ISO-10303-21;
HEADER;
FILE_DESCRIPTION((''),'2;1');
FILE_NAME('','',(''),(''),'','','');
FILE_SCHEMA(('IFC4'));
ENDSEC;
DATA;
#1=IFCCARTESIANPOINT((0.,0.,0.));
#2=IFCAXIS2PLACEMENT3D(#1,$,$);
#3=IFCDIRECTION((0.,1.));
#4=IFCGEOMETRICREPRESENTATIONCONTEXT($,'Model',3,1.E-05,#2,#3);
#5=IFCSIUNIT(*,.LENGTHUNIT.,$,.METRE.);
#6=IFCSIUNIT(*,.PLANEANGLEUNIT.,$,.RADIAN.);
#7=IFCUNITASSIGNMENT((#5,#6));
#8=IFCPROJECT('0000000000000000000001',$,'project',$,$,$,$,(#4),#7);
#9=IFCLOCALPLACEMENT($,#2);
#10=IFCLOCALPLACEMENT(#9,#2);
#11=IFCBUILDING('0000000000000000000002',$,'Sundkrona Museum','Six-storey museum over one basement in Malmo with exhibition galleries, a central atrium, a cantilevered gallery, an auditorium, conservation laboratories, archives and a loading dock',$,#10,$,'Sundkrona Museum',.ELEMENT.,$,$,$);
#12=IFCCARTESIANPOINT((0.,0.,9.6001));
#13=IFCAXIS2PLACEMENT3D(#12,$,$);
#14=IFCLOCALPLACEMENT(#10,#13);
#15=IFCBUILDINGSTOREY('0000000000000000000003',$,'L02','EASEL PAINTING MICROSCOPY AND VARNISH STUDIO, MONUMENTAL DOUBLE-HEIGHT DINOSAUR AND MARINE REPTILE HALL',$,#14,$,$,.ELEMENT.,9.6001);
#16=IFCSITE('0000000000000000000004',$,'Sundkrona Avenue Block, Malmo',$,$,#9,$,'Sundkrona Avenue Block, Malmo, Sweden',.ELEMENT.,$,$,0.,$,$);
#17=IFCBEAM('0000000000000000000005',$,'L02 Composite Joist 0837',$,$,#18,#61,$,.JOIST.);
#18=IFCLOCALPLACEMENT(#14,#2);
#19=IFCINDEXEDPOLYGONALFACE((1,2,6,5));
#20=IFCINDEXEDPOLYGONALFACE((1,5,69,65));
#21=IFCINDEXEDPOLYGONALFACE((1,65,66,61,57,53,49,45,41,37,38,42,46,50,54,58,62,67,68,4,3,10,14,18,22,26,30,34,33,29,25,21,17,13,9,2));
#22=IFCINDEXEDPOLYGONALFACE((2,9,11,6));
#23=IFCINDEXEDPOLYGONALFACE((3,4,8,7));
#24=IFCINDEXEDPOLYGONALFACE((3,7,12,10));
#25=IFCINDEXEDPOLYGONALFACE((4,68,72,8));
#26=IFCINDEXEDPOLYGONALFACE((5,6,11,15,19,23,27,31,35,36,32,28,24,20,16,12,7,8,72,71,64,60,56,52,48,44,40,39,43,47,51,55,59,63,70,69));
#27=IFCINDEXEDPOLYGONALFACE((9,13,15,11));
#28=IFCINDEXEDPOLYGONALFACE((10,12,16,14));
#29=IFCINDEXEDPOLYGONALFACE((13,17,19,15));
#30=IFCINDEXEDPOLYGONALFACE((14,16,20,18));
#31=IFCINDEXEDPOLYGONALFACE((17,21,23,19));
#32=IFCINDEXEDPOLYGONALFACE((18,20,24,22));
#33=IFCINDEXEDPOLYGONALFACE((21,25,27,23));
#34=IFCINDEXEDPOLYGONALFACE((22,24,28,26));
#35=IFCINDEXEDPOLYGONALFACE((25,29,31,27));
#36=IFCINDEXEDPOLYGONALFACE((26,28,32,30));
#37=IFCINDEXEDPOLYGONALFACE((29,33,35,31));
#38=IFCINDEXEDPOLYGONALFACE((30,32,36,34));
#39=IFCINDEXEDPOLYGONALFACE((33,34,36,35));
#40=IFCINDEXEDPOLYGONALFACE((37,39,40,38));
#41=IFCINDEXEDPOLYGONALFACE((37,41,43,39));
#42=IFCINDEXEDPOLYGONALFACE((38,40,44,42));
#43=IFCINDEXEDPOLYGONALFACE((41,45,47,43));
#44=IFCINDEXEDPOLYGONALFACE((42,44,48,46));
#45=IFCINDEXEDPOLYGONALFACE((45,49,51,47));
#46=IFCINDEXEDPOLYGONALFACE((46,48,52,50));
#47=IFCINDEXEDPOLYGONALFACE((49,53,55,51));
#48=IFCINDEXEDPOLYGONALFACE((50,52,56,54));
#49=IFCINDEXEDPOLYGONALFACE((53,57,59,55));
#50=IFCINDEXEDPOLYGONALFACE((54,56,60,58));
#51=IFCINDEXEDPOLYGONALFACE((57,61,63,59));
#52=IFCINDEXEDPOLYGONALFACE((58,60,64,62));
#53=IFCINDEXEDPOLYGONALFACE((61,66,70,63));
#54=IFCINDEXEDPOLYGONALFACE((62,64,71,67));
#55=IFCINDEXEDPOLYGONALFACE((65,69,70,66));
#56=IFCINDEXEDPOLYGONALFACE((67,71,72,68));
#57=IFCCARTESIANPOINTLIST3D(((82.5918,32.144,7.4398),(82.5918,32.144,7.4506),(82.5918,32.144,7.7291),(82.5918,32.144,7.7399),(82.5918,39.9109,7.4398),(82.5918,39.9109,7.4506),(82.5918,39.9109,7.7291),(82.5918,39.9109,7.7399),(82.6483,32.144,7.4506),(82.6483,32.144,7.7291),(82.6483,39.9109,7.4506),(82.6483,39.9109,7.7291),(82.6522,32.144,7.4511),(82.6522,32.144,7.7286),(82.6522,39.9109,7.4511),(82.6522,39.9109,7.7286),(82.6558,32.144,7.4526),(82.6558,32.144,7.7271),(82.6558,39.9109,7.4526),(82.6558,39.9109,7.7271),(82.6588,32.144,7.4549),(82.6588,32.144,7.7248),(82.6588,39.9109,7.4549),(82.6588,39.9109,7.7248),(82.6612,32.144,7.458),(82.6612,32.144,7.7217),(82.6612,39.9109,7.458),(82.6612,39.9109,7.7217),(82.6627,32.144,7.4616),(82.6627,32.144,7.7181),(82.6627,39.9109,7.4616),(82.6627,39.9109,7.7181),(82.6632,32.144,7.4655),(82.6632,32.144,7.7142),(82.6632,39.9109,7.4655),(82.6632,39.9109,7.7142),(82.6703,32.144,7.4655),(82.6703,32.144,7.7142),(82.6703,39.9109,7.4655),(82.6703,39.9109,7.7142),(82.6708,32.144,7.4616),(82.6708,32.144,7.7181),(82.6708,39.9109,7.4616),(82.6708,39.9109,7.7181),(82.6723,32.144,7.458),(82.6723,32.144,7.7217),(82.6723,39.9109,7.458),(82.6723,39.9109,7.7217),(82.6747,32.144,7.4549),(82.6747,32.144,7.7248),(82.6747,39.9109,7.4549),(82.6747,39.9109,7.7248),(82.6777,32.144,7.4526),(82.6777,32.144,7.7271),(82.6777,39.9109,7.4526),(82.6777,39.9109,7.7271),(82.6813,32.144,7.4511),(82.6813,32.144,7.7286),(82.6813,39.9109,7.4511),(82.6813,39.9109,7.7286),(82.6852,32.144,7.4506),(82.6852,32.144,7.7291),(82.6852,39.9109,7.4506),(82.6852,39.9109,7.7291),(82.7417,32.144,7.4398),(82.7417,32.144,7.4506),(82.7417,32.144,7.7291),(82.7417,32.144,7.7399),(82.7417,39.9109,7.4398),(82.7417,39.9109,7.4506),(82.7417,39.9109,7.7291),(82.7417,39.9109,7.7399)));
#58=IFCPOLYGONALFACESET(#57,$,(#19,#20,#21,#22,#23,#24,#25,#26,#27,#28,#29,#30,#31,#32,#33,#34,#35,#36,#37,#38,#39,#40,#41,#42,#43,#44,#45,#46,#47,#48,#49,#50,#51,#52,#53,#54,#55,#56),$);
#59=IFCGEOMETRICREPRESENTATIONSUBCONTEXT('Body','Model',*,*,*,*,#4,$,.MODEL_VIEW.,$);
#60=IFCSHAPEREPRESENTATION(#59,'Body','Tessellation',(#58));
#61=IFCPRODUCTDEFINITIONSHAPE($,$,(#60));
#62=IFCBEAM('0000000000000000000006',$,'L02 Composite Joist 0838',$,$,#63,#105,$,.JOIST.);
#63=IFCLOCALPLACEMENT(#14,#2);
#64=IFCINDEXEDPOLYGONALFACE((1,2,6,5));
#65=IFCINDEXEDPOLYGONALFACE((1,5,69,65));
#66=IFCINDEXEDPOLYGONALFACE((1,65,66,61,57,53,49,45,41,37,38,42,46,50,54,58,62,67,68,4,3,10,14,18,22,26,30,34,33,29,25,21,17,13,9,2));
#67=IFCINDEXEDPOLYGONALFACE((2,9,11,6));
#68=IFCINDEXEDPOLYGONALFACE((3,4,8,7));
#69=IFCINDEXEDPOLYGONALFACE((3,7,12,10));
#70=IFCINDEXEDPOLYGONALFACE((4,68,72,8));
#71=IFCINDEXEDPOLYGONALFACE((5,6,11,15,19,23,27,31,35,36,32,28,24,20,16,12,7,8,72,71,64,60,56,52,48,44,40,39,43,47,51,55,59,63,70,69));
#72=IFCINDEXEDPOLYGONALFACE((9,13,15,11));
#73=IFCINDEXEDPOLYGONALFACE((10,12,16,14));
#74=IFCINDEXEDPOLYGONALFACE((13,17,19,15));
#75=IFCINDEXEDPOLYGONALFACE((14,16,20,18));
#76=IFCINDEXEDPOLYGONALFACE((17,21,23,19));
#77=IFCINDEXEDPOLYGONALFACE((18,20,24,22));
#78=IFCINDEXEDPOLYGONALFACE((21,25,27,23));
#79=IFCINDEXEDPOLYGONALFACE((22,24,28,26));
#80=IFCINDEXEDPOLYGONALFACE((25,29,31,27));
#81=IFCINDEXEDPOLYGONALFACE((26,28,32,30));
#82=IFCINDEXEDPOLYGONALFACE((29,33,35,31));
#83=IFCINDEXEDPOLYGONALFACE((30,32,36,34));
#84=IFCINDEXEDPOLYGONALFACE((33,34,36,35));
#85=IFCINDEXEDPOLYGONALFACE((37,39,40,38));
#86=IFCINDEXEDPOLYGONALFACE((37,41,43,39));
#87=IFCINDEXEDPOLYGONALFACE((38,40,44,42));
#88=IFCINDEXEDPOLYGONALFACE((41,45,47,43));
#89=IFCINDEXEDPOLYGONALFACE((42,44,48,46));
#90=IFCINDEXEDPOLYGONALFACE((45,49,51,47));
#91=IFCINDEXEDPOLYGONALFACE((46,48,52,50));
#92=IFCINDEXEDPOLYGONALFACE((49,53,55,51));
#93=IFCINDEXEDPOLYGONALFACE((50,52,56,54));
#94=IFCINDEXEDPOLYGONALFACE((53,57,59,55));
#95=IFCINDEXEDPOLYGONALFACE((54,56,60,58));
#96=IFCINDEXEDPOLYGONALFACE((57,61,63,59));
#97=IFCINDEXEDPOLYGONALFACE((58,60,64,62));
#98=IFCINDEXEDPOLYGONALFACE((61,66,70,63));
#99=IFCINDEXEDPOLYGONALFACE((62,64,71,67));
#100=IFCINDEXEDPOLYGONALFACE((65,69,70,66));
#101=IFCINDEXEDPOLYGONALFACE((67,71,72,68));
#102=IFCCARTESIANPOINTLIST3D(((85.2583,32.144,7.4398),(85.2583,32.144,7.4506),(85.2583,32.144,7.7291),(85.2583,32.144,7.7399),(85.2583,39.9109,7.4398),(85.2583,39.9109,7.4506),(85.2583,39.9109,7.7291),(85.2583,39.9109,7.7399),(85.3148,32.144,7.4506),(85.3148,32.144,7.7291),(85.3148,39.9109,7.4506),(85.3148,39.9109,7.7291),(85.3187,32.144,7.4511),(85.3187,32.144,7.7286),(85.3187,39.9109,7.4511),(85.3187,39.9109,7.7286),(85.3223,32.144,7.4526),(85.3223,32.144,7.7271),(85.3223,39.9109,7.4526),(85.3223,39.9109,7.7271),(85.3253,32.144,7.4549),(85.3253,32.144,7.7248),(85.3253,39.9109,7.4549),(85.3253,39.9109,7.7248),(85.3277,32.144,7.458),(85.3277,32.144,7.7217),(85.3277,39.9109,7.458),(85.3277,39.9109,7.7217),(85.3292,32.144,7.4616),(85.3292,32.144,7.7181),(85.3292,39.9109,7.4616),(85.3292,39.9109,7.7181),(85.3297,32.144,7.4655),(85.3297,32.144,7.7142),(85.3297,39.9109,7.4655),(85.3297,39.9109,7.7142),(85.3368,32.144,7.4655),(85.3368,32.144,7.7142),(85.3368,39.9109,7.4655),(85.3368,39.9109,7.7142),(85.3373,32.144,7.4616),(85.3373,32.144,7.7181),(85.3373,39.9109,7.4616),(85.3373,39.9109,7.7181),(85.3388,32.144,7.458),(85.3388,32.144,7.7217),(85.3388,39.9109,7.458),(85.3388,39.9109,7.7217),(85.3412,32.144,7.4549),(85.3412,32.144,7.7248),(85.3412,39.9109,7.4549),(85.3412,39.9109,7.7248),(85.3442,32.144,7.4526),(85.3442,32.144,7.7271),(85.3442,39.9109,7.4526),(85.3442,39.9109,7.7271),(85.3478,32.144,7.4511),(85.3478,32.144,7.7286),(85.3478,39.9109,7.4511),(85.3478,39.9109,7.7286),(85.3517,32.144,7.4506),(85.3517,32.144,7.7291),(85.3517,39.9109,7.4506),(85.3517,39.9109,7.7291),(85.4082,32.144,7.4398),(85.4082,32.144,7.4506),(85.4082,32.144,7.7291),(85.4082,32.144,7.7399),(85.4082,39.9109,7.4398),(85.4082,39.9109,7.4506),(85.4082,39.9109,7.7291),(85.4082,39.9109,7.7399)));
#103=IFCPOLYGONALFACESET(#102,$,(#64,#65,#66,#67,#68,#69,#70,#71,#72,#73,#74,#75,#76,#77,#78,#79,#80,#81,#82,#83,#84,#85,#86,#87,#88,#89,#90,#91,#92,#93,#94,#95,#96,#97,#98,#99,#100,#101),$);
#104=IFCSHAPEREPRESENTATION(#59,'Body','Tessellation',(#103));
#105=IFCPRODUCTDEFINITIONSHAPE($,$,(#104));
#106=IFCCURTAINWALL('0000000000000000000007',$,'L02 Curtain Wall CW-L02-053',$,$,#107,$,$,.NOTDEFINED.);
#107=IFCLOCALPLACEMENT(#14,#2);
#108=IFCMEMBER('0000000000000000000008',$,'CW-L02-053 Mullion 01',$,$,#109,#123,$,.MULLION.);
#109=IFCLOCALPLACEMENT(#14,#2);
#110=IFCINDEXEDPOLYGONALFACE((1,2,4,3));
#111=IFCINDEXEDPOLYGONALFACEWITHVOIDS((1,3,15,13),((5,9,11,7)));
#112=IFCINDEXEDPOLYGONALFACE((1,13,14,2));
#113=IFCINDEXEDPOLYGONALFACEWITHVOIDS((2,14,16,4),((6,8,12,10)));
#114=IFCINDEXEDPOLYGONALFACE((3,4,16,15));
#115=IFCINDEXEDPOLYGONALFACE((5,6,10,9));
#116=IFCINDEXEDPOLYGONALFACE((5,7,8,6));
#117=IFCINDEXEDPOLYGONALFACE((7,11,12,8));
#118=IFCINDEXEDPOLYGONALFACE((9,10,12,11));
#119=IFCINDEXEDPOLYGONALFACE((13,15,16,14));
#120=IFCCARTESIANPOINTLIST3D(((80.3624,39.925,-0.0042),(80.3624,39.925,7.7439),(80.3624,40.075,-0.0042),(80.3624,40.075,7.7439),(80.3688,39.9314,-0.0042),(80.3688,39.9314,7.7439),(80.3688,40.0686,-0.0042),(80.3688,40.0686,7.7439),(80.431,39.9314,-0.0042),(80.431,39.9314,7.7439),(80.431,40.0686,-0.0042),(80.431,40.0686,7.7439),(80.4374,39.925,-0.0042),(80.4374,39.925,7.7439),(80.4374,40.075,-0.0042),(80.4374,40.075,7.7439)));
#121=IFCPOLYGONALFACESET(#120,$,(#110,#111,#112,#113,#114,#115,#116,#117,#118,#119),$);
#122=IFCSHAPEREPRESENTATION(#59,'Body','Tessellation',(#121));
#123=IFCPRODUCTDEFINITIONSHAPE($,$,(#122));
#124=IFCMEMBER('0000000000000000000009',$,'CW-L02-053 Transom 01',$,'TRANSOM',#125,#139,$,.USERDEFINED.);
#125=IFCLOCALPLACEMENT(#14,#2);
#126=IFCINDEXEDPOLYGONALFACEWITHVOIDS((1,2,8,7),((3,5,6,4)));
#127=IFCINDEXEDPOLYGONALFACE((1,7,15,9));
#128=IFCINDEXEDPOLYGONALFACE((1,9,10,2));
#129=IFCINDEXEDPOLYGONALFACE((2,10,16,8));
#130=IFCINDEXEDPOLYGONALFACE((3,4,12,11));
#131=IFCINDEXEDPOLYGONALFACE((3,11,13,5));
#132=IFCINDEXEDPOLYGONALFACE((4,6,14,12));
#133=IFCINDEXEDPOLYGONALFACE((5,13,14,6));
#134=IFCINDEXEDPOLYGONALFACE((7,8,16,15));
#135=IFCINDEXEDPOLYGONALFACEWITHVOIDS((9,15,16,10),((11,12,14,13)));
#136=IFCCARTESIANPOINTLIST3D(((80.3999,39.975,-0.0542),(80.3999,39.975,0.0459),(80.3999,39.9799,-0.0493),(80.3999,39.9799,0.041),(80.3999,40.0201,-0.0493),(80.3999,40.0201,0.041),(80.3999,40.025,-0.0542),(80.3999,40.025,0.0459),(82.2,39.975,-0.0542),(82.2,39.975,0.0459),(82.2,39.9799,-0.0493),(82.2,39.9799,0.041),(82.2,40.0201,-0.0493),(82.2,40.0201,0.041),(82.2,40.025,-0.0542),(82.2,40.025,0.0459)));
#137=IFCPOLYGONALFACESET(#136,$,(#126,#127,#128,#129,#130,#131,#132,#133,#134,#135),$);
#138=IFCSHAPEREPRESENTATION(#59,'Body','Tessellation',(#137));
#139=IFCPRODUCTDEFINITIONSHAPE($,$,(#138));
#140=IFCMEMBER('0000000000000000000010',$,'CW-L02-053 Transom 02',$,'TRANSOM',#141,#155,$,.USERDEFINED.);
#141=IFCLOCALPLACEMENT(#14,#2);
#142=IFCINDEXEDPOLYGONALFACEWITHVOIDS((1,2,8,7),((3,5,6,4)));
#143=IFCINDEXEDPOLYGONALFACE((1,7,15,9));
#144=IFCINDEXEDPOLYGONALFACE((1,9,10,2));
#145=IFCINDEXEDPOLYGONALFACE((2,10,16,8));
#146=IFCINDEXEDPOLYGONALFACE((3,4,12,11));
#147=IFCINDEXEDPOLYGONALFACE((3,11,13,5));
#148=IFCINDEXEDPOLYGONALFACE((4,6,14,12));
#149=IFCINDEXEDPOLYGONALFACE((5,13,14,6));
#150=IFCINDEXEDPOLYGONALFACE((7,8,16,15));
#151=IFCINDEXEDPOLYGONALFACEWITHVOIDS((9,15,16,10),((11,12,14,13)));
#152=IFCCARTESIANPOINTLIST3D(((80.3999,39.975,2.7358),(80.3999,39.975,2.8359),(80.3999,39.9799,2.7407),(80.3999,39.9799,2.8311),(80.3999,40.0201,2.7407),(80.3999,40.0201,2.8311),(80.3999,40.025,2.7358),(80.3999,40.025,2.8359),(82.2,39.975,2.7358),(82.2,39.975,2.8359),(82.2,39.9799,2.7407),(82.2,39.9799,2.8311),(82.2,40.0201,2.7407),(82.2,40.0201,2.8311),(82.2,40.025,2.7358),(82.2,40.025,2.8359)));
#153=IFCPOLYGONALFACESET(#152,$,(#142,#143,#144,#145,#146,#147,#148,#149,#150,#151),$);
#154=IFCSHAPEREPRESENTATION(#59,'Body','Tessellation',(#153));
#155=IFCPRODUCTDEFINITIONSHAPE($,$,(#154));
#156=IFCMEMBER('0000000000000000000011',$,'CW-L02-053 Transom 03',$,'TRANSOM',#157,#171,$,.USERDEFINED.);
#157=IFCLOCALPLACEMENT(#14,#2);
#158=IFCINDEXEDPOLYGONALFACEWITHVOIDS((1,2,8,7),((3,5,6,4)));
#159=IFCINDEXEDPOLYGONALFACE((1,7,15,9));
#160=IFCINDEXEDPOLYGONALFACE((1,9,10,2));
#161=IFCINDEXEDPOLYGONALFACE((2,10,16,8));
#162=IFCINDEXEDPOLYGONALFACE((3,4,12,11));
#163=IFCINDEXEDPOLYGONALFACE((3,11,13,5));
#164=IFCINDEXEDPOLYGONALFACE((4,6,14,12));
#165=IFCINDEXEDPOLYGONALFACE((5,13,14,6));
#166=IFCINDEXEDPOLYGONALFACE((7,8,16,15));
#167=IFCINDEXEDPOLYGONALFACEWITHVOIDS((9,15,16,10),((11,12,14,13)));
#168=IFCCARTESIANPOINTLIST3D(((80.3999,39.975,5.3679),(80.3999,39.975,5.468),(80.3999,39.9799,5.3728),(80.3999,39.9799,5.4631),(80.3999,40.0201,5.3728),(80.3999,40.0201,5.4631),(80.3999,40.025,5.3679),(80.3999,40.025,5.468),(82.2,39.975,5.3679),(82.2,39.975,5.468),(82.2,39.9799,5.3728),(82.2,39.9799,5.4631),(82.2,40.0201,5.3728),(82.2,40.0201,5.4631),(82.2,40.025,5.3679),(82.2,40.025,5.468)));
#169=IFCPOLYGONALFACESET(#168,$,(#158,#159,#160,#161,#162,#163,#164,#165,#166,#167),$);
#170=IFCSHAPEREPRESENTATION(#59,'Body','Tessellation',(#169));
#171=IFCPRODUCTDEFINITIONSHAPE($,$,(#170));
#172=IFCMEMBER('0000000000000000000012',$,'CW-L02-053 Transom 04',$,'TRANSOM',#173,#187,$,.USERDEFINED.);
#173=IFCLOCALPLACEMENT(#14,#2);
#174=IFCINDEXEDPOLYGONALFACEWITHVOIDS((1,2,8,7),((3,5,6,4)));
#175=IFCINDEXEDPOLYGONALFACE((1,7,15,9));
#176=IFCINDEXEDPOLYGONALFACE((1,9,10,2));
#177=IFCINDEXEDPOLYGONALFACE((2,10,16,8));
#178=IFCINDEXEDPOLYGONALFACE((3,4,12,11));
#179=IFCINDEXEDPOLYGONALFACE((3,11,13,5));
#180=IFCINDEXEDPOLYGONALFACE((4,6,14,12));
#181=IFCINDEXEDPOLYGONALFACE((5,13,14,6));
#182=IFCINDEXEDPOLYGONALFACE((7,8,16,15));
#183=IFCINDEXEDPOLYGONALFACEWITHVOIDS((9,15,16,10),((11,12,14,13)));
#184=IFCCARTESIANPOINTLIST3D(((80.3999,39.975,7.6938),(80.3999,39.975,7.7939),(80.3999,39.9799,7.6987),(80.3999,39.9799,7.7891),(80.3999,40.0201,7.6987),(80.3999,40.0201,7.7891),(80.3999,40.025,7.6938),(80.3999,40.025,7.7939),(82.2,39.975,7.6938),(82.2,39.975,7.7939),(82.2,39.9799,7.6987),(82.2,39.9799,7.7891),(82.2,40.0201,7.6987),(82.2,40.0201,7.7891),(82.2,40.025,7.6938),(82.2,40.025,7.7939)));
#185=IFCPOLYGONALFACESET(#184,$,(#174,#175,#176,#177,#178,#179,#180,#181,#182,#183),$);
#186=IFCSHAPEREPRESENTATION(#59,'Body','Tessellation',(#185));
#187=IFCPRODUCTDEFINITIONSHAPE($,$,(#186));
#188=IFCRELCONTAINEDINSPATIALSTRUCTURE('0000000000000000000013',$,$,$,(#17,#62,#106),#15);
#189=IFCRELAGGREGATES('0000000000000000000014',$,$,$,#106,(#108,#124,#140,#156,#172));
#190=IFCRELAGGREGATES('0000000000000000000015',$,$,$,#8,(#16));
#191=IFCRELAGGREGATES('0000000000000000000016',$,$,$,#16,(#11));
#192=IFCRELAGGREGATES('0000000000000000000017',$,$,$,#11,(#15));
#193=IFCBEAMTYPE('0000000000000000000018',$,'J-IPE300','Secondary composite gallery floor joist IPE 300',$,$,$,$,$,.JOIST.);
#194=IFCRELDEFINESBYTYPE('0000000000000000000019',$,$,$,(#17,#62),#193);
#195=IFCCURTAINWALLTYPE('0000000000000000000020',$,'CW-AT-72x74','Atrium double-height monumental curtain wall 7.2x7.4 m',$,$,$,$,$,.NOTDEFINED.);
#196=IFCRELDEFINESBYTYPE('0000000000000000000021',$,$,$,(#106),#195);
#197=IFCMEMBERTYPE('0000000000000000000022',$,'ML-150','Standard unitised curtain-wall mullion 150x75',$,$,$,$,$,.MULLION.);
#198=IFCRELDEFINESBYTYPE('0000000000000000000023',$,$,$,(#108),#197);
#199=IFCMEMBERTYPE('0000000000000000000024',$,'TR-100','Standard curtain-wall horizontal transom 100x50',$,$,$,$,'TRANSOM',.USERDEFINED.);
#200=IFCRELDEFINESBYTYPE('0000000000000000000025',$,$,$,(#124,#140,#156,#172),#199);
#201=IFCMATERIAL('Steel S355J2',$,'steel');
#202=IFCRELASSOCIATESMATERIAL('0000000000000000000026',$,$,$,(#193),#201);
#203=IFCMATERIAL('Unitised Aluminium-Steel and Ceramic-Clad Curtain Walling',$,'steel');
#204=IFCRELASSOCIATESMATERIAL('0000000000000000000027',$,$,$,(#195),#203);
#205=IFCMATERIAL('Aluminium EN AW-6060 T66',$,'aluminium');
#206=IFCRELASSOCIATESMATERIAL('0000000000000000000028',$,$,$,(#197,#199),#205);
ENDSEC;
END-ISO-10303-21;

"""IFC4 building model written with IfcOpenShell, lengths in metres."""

from ifc_helpers import new_model, si_unit, direction, frame, origin, origin_2d, place, context, subcontext, project, spatial, hollow_rectangle, i_section, extrude, material, material_profile, profile_set, type_object, element, aggregate, save


model = new_model("IFC4")

# Units and contexts
model_context = context("Model", 3, precision=1e-05, world=origin(), true_north=direction((0.0, 1.0)))
body_context = subcontext(model_context, "Body", "Model", "MODEL_VIEW")
ifc_project = project(units=[si_unit("LENGTHUNIT", "METRE"), si_unit("PLANEANGLEUNIT", "RADIAN")], contexts=[model_context])

# Site, building, storey
site_placement = place(None, origin())
site = spatial("IfcSite", under=ifc_project, at=site_placement, Name="Sundkrona Avenue Block, Malmo", LongName="Sundkrona Avenue Block, Malmo, Sweden", CompositionType="ELEMENT", RefElevation=0.0)
building_placement = place(site_placement, origin())
building = spatial("IfcBuilding", under=site, at=building_placement, Name="Sundkrona Museum", Description="Six-storey museum over one basement in Malmo with exhibition galleries, a central atrium, a cantilevered gallery, an auditorium, conservation laboratories, archives and a loading dock", LongName="Sundkrona Museum", CompositionType="ELEMENT")
storey_placement = place(building_placement, frame((0.0, 0.0, 9.6001)))
storey = spatial("IfcBuildingStorey", under=building, at=storey_placement, Name="L02", Description="EASEL PAINTING MICROSCOPY AND VARNISH STUDIO, MONUMENTAL DOUBLE-HEIGHT DINOSAUR AND MARINE REPTILE HALL", CompositionType="ELEMENT", Elevation=9.6001)

# Beams
ifc_material_1 = material(Name="Steel S355J2", Category="steel")
ifc_material_profile_1 = material_profile(ifc_material_1, i_section(OverallWidth=0.1499, OverallDepth=0.3, WebThickness=0.0071, FlangeThickness=0.0107, FilletRadius=0.0149, at=origin_2d()), Name="IPE 300")
ifc_profile_set_1 = profile_set([ifc_material_profile_1], Name="Steel S355J2")
beam_type = type_object("IfcBeamType", Name="J-IPE300", Description="Secondary composite gallery floor joist IPE 300", PredefinedType="JOIST", material=ifc_profile_set_1)
for number, where, z_axis, x_axis, name in (
    (1, (82.6667, 32.144, 7.5898), (0.0, 1.0, 0.0), (-1.0, 0.0, 0.0), "L02 Composite Joist 0837"),
    (2, (85.3333, 32.144, 7.5898), (0.0, 1.0, 0.0), (-1.0, 0.0, 0.0), "L02 Composite Joist 0838"),
):
    element("IfcBeam", number, at=place(storey_placement, frame(where, z_axis=z_axis, x_axis=x_axis)), inside=storey, type_object=beam_type, Name=name, PredefinedType="JOIST", context=body_context, shape_type="SweptSolid", body=[
        extrude(i_section(OverallWidth=0.1499, OverallDepth=0.3, WebThickness=0.0071, FlangeThickness=0.0107, FilletRadius=0.0149, at=origin_2d()), origin(), (0.0, 0.0, 1.0), 7.7668),
    ])

# Curtain wall, members
ifc_material_2 = material(Name="Unitised Aluminium-Steel and Ceramic-Clad Curtain Walling", Category="steel")
curtain_wall_type = type_object("IfcCurtainWallType", Name="CW-AT-72x74", Description="Atrium double-height monumental curtain wall 7.2x7.4 m", PredefinedType="NOTDEFINED", material=ifc_material_2)
curtain_wall_1_placement = place(storey_placement, origin())
curtain_wall_1 = element("IfcCurtainWall", 3, at=curtain_wall_1_placement, inside=storey, type_object=curtain_wall_type, Name="L02 Curtain Wall CW-L02-053", PredefinedType="NOTDEFINED")
ifc_material_3 = material(Name="Aluminium EN AW-6060 T66", Category="aluminium")
ifc_material_profile_2 = material_profile(ifc_material_3, hollow_rectangle(XDim=0.075, YDim=0.1499, WallThickness=0.0063, at=origin_2d()), Name="RHS 150x75x6.3")
ifc_profile_set_2 = profile_set([ifc_material_profile_2], Name="Aluminium EN AW-6060 T66")
member_type_1 = type_object("IfcMemberType", Name="ML-150", Description="Standard unitised curtain-wall mullion 150x75", PredefinedType="MULLION", material=ifc_profile_set_2)
member_1_placement = place(storey_placement, frame((80.3999, 40.0, -0.0042), z_axis=(0.0, 0.0, 1.0), x_axis=(1.0, 0.0, 0.0)))
member_1 = element("IfcMember", 4, at=member_1_placement, type_object=member_type_1, Name="CW-L02-053 Mullion 01", PredefinedType="MULLION", context=body_context, shape_type="SweptSolid", body=[
    extrude(hollow_rectangle(XDim=0.075, YDim=0.1499, WallThickness=0.0063, at=origin_2d()), origin(), (0.0, 0.0, 1.0), 7.748),
])
ifc_material_profile_3 = material_profile(ifc_material_3, hollow_rectangle(XDim=0.05, YDim=0.1001, WallThickness=0.0049, at=origin_2d()), Name="RHS 100x50x5.0")
ifc_profile_set_3 = profile_set([ifc_material_profile_3], Name="Aluminium EN AW-6060 T66")
member_type_2 = type_object("IfcMemberType", Name="TR-100", Description="Standard curtain-wall horizontal transom 100x50", ElementType="TRANSOM", PredefinedType="USERDEFINED", material=ifc_profile_set_3)
member_2_placement = place(storey_placement, frame((80.3999, 40.0, -0.0042), z_axis=(1.0, 0.0, 0.0), x_axis=(0.0, 1.0, 0.0)))
member_2 = element("IfcMember", 5, at=member_2_placement, type_object=member_type_2, Name="CW-L02-053 Transom 01", ObjectType="TRANSOM", PredefinedType="USERDEFINED", context=body_context, shape_type="SweptSolid", body=[
    extrude(hollow_rectangle(XDim=0.05, YDim=0.1001, WallThickness=0.0049, at=origin_2d()), origin(), (0.0, 0.0, 1.0), 1.8),
])
member_3_placement = place(storey_placement, frame((80.3999, 40.0, 2.7859), z_axis=(1.0, 0.0, 0.0), x_axis=(0.0, 1.0, 0.0)))
member_3 = element("IfcMember", 6, at=member_3_placement, type_object=member_type_2, Name="CW-L02-053 Transom 02", ObjectType="TRANSOM", PredefinedType="USERDEFINED", context=body_context, shape_type="SweptSolid", body=[
    extrude(hollow_rectangle(XDim=0.05, YDim=0.1001, WallThickness=0.0049, at=origin_2d()), origin(), (0.0, 0.0, 1.0), 1.8),
])
member_4_placement = place(storey_placement, frame((80.3999, 40.0, 5.418), z_axis=(1.0, 0.0, 0.0), x_axis=(0.0, 1.0, 0.0)))
member_4 = element("IfcMember", 7, at=member_4_placement, type_object=member_type_2, Name="CW-L02-053 Transom 03", ObjectType="TRANSOM", PredefinedType="USERDEFINED", context=body_context, shape_type="SweptSolid", body=[
    extrude(hollow_rectangle(XDim=0.05, YDim=0.1001, WallThickness=0.0049, at=origin_2d()), origin(), (0.0, 0.0, 1.0), 1.8),
])
member_5_placement = place(storey_placement, frame((80.3999, 40.0, 7.7439), z_axis=(1.0, 0.0, 0.0), x_axis=(0.0, 1.0, 0.0)))
member_5 = element("IfcMember", 8, at=member_5_placement, type_object=member_type_2, Name="CW-L02-053 Transom 04", ObjectType="TRANSOM", PredefinedType="USERDEFINED", context=body_context, shape_type="SweptSolid", body=[
    extrude(hollow_rectangle(XDim=0.05, YDim=0.1001, WallThickness=0.0049, at=origin_2d()), origin(), (0.0, 0.0, 1.0), 1.8),
])

aggregate(curtain_wall_1, [member_1, member_2, member_3, member_4, member_5])

save(model, "model.ifc")
